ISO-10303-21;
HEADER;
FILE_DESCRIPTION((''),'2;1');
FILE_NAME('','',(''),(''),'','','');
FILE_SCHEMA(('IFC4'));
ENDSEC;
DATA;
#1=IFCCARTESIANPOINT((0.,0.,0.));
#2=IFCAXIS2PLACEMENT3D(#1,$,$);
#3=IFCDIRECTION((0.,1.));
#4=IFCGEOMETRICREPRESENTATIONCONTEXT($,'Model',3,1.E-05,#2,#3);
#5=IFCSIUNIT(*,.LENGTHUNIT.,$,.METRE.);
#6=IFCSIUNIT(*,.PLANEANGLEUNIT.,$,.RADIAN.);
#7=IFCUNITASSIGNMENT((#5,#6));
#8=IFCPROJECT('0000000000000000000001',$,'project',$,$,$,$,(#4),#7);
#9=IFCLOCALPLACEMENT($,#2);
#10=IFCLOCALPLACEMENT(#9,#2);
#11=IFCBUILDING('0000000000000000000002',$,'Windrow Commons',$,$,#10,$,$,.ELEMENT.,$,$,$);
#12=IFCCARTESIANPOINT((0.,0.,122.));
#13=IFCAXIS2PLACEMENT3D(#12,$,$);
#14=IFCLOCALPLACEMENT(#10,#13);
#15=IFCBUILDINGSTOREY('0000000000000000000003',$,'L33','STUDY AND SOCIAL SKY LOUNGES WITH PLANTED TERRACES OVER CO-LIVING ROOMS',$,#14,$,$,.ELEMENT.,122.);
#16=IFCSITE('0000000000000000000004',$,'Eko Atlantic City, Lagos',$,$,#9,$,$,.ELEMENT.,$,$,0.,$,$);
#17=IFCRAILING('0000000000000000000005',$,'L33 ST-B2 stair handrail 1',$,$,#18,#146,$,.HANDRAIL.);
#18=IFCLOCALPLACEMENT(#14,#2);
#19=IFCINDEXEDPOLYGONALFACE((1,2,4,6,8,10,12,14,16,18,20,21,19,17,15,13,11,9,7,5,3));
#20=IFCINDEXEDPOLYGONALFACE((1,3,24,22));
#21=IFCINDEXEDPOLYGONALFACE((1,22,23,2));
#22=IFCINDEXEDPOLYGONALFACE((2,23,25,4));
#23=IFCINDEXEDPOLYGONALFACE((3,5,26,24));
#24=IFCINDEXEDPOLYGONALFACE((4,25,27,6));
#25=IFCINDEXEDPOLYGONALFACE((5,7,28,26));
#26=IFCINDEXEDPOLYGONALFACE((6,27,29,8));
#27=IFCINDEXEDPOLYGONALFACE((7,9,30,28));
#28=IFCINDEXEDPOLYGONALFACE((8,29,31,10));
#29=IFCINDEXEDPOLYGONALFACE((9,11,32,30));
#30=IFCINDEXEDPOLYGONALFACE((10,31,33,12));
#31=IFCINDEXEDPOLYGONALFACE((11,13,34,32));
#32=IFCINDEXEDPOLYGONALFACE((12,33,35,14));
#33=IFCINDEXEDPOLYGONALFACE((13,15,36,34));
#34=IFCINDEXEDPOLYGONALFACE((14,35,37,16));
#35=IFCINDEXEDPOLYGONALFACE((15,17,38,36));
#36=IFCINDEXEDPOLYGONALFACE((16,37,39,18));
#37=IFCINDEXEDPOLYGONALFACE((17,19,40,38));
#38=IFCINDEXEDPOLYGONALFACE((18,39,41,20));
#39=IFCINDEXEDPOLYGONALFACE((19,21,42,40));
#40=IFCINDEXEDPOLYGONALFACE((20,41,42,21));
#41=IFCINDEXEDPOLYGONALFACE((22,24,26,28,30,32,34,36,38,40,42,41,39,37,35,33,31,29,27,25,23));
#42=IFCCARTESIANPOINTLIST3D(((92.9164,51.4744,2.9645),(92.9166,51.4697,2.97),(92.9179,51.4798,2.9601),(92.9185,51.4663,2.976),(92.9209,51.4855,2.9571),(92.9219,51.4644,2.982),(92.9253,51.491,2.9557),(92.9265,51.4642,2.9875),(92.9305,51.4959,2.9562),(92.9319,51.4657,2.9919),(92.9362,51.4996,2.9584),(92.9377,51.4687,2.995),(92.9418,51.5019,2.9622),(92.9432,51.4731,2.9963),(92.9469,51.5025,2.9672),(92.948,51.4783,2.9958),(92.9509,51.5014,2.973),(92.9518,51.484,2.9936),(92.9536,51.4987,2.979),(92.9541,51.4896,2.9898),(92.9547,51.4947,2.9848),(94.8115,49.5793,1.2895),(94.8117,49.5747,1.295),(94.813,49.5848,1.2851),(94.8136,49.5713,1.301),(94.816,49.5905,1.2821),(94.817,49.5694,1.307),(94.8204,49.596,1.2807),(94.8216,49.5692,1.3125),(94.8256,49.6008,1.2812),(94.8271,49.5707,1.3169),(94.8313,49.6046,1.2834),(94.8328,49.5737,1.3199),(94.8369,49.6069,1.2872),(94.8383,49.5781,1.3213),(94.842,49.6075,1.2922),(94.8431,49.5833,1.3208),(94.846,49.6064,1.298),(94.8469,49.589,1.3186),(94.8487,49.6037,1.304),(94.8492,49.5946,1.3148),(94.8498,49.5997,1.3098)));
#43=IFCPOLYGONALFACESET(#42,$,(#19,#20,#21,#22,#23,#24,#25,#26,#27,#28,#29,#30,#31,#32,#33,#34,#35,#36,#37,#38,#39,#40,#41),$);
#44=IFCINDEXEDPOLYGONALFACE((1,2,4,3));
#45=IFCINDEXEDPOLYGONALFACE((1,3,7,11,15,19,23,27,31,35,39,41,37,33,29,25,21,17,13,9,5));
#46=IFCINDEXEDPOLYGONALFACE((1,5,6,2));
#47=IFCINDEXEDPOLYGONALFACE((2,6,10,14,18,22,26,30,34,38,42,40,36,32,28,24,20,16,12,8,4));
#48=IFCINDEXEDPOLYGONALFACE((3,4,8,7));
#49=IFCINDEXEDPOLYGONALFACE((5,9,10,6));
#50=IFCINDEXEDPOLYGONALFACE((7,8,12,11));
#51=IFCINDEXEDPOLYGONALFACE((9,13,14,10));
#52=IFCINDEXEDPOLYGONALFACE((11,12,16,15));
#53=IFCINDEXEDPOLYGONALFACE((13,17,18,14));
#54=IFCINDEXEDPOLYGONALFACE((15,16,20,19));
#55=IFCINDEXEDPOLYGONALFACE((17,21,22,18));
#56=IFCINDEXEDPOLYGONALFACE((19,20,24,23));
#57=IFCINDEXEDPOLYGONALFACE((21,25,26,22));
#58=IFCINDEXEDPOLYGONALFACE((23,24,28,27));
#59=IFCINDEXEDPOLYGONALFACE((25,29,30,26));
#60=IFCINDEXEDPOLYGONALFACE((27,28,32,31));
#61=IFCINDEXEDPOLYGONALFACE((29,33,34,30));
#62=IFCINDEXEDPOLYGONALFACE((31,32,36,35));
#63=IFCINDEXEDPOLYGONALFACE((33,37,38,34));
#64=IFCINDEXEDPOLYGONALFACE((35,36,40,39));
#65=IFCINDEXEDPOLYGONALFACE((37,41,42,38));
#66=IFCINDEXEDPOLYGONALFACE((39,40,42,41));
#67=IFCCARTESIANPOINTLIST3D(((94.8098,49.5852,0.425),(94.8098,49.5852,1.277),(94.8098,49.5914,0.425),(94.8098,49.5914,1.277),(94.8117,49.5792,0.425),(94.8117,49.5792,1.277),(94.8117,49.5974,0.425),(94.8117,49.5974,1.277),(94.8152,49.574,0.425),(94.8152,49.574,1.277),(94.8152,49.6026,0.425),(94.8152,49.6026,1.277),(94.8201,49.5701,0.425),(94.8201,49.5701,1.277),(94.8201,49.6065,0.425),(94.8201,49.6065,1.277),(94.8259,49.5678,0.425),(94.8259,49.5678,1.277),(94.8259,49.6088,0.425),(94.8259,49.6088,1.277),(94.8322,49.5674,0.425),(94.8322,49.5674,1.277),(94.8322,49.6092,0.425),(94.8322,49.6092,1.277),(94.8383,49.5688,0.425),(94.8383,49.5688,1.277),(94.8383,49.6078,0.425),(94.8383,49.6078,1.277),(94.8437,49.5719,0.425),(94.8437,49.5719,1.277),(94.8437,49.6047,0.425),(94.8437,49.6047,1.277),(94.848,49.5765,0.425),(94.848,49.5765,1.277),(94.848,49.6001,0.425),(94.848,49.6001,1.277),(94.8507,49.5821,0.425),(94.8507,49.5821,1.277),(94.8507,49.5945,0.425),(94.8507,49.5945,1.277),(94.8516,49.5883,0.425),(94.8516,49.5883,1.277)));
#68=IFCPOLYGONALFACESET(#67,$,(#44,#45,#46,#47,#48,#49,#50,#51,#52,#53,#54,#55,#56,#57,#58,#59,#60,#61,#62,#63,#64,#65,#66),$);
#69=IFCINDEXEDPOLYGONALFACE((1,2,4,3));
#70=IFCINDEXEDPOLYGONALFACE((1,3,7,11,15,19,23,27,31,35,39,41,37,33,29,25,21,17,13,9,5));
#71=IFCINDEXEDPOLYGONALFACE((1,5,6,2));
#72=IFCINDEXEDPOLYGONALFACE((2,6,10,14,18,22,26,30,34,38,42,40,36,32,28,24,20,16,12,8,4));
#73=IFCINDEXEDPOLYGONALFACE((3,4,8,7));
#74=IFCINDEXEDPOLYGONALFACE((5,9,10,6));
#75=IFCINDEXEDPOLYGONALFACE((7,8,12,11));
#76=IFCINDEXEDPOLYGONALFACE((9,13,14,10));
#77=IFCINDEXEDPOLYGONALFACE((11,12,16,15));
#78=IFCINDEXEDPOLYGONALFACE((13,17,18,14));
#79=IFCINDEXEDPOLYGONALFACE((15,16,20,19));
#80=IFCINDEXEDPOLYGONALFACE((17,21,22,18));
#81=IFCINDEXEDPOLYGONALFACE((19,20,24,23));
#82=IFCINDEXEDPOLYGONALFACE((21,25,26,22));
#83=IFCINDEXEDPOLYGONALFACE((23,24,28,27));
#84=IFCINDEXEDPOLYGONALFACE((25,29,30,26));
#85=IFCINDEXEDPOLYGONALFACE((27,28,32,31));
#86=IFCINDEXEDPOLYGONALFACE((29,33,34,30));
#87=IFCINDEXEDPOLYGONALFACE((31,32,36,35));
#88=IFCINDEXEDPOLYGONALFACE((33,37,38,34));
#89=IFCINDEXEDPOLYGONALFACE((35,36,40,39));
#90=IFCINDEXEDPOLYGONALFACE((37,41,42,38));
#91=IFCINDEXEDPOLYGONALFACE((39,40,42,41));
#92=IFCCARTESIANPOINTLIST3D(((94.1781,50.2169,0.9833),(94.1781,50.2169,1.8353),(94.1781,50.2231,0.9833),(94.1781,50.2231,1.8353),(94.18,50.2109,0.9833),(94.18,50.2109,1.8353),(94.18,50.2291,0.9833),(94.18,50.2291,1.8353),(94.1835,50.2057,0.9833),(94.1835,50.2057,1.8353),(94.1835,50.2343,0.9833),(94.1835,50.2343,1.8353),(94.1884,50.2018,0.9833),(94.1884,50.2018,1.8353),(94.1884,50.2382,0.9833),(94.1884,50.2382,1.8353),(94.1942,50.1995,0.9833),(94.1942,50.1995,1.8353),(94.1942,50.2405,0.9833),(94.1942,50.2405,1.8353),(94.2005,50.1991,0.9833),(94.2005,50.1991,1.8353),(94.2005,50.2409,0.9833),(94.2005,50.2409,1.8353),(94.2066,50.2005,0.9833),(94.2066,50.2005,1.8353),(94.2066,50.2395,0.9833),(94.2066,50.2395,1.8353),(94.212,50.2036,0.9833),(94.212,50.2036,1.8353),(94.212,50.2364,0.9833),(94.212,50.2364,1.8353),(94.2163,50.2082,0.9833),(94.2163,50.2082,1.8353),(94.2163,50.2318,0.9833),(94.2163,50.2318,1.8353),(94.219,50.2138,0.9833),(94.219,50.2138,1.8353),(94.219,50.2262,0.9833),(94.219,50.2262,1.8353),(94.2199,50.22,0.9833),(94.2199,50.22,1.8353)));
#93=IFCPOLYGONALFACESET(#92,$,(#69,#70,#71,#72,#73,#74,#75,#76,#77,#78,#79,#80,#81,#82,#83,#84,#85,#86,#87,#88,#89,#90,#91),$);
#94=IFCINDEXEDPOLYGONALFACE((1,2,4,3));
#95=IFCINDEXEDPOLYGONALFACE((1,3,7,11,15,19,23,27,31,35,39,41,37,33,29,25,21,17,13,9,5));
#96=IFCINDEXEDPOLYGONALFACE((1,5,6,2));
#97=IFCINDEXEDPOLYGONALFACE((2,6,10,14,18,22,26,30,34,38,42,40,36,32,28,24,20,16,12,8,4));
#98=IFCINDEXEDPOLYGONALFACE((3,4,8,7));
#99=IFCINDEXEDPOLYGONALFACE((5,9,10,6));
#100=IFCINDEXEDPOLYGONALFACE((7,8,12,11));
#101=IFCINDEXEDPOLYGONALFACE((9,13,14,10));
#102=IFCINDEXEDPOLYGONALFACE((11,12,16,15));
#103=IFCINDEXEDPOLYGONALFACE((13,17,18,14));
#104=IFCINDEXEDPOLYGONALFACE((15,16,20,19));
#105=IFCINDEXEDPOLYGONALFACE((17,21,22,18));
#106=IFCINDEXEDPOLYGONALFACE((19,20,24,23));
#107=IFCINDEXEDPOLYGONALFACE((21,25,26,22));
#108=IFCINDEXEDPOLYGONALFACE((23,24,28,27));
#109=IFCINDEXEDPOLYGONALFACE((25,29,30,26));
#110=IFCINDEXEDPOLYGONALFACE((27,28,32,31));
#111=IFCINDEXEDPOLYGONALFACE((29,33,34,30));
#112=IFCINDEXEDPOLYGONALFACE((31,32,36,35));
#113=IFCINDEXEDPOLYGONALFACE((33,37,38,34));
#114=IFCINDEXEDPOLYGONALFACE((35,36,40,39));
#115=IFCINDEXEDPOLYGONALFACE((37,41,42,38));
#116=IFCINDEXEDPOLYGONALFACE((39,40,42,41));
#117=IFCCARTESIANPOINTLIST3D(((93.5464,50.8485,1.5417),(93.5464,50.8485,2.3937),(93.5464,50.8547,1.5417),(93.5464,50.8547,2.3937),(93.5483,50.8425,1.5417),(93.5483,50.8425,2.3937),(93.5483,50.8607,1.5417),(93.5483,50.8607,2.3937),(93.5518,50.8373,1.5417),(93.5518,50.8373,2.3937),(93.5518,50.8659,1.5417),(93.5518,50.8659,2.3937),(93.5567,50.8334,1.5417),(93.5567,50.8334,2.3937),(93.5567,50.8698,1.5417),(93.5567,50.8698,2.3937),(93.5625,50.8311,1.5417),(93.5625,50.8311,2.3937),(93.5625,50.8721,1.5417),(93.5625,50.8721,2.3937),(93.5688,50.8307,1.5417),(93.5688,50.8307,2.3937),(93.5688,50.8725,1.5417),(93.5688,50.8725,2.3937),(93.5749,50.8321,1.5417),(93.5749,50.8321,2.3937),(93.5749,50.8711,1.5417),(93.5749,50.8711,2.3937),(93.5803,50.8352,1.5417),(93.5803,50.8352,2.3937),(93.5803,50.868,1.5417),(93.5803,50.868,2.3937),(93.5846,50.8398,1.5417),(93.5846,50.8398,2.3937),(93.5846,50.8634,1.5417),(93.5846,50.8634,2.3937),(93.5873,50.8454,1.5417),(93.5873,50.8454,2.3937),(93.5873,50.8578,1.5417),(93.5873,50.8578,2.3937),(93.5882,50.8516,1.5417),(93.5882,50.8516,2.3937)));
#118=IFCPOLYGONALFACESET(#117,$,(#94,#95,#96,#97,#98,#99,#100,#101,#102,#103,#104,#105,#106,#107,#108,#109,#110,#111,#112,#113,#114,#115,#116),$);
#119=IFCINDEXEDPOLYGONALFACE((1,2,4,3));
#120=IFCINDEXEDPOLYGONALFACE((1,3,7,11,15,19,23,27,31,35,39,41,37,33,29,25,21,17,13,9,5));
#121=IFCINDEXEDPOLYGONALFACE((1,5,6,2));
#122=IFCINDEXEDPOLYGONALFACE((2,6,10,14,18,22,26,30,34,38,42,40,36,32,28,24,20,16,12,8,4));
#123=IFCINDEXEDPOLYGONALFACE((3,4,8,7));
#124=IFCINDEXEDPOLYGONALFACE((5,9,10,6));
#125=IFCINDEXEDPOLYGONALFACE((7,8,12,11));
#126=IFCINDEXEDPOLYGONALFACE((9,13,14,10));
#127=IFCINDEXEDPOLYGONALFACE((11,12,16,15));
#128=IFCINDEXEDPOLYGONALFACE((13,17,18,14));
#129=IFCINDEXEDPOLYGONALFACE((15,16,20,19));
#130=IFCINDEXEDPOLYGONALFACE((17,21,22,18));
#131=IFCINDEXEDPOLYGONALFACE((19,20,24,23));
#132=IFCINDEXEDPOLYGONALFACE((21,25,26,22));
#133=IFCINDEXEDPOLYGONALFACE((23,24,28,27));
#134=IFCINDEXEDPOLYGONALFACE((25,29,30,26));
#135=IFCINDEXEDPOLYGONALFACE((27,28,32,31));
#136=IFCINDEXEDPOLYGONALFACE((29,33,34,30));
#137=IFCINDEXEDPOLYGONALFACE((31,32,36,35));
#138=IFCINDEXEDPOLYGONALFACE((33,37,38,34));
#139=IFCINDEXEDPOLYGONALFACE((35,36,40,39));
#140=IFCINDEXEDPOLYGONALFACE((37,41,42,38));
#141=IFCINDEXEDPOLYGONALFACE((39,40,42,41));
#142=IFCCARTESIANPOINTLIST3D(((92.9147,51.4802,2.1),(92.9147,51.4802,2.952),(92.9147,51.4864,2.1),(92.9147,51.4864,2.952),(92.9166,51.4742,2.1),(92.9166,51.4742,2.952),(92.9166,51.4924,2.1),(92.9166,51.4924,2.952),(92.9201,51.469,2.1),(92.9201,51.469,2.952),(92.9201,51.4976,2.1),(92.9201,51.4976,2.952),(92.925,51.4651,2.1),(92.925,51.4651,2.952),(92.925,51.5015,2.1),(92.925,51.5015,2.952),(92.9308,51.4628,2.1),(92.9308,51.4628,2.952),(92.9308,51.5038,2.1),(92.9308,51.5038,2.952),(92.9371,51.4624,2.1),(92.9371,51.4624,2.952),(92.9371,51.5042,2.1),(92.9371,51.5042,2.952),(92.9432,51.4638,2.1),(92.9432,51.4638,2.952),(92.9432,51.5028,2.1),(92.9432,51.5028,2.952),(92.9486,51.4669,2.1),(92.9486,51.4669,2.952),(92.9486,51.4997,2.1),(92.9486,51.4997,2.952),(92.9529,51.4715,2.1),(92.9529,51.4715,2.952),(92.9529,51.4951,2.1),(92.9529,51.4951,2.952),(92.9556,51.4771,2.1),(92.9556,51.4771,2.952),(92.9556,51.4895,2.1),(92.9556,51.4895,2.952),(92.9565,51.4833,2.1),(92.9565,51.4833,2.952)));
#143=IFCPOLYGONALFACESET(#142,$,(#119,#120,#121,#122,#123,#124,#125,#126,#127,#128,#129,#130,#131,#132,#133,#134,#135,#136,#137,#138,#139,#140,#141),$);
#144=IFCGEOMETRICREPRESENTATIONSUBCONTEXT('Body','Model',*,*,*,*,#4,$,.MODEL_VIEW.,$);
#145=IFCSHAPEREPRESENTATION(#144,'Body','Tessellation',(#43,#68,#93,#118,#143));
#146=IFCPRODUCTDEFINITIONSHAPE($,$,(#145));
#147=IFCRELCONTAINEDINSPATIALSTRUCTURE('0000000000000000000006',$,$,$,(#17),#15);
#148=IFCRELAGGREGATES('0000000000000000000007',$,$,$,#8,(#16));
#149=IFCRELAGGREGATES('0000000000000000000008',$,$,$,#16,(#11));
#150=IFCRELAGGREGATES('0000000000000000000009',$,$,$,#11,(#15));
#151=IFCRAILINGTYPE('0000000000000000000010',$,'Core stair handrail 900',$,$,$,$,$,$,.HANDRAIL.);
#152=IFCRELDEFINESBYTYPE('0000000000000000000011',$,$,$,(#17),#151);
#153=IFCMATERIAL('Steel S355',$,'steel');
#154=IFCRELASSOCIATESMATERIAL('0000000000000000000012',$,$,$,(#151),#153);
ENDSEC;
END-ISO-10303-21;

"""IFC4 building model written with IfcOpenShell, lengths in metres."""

from ifc_helpers import new_model, si_unit, direction, frame, origin, origin_2d, place, context, subcontext, project, spatial, circle, extrude, material, type_object, element, save


model = new_model("IFC4")

# Units and contexts
model_context = context("Model", 3, precision=1e-05, world=origin(), true_north=direction((0.0, 1.0)))
body_context = subcontext(model_context, "Body", "Model", "MODEL_VIEW")
ifc_project = project(units=[si_unit("LENGTHUNIT", "METRE"), si_unit("PLANEANGLEUNIT", "RADIAN")], contexts=[model_context])

# Site, building, storey
site_placement = place(None, origin())
site = spatial("IfcSite", under=ifc_project, at=site_placement, Name="Eko Atlantic City, Lagos", CompositionType="ELEMENT", RefElevation=0.0)
building_placement = place(site_placement, origin())
building = spatial("IfcBuilding", under=site, at=building_placement, Name="Windrow Commons", CompositionType="ELEMENT")
storey_placement = place(building_placement, frame((0.0, 0.0, 122.0)))
storey = spatial("IfcBuildingStorey", under=building, at=storey_placement, Name="L33", Description="STUDY AND SOCIAL SKY LOUNGES WITH PLANTED TERRACES OVER CO-LIVING ROOMS", CompositionType="ELEMENT", Elevation=122.0)

# Railing
ifc_material_1 = material(Name="Steel S355", Category="steel")
railing_type_1 = type_object("IfcRailingType", Name="Core stair handrail 900", PredefinedType="HANDRAIL", material=ifc_material_1)
railing_1_placement = place(storey_placement, frame((94.8306, 49.5883, 0.425)))
element("IfcRailing", 1, at=railing_1_placement, inside=storey, type_object=railing_type_1, Name="L33 ST-B2 stair handrail 1", PredefinedType="HANDRAIL", context=body_context, shape_type="SweptSolid", body=[
    extrude(circle(Radius=0.024, at=origin_2d()), frame((0.0, 0.0, 0.876), z_axis=(-0.599642, 0.59961, 0.529998), x_axis=(-0.707088, -0.707125, 0.0)), (0.0, 0.0, 1.0), 3.1604),
    extrude(circle(Radius=0.021, at=origin_2d()), origin(), (0.0, 0.0, 1.0), 0.852),
    extrude(circle(Radius=0.021, at=origin_2d()), frame((-0.6317, 0.6317, 0.5583)), (0.0, 0.0, 1.0), 0.852),
    extrude(circle(Radius=0.021, at=origin_2d()), frame((-1.2634, 1.2633, 1.1167)), (0.0, 0.0, 1.0), 0.852),
    extrude(circle(Radius=0.021, at=origin_2d()), frame((-1.8951, 1.895, 1.675)), (0.0, 0.0, 1.0), 0.852),
])

save(model, "model.ifc")
